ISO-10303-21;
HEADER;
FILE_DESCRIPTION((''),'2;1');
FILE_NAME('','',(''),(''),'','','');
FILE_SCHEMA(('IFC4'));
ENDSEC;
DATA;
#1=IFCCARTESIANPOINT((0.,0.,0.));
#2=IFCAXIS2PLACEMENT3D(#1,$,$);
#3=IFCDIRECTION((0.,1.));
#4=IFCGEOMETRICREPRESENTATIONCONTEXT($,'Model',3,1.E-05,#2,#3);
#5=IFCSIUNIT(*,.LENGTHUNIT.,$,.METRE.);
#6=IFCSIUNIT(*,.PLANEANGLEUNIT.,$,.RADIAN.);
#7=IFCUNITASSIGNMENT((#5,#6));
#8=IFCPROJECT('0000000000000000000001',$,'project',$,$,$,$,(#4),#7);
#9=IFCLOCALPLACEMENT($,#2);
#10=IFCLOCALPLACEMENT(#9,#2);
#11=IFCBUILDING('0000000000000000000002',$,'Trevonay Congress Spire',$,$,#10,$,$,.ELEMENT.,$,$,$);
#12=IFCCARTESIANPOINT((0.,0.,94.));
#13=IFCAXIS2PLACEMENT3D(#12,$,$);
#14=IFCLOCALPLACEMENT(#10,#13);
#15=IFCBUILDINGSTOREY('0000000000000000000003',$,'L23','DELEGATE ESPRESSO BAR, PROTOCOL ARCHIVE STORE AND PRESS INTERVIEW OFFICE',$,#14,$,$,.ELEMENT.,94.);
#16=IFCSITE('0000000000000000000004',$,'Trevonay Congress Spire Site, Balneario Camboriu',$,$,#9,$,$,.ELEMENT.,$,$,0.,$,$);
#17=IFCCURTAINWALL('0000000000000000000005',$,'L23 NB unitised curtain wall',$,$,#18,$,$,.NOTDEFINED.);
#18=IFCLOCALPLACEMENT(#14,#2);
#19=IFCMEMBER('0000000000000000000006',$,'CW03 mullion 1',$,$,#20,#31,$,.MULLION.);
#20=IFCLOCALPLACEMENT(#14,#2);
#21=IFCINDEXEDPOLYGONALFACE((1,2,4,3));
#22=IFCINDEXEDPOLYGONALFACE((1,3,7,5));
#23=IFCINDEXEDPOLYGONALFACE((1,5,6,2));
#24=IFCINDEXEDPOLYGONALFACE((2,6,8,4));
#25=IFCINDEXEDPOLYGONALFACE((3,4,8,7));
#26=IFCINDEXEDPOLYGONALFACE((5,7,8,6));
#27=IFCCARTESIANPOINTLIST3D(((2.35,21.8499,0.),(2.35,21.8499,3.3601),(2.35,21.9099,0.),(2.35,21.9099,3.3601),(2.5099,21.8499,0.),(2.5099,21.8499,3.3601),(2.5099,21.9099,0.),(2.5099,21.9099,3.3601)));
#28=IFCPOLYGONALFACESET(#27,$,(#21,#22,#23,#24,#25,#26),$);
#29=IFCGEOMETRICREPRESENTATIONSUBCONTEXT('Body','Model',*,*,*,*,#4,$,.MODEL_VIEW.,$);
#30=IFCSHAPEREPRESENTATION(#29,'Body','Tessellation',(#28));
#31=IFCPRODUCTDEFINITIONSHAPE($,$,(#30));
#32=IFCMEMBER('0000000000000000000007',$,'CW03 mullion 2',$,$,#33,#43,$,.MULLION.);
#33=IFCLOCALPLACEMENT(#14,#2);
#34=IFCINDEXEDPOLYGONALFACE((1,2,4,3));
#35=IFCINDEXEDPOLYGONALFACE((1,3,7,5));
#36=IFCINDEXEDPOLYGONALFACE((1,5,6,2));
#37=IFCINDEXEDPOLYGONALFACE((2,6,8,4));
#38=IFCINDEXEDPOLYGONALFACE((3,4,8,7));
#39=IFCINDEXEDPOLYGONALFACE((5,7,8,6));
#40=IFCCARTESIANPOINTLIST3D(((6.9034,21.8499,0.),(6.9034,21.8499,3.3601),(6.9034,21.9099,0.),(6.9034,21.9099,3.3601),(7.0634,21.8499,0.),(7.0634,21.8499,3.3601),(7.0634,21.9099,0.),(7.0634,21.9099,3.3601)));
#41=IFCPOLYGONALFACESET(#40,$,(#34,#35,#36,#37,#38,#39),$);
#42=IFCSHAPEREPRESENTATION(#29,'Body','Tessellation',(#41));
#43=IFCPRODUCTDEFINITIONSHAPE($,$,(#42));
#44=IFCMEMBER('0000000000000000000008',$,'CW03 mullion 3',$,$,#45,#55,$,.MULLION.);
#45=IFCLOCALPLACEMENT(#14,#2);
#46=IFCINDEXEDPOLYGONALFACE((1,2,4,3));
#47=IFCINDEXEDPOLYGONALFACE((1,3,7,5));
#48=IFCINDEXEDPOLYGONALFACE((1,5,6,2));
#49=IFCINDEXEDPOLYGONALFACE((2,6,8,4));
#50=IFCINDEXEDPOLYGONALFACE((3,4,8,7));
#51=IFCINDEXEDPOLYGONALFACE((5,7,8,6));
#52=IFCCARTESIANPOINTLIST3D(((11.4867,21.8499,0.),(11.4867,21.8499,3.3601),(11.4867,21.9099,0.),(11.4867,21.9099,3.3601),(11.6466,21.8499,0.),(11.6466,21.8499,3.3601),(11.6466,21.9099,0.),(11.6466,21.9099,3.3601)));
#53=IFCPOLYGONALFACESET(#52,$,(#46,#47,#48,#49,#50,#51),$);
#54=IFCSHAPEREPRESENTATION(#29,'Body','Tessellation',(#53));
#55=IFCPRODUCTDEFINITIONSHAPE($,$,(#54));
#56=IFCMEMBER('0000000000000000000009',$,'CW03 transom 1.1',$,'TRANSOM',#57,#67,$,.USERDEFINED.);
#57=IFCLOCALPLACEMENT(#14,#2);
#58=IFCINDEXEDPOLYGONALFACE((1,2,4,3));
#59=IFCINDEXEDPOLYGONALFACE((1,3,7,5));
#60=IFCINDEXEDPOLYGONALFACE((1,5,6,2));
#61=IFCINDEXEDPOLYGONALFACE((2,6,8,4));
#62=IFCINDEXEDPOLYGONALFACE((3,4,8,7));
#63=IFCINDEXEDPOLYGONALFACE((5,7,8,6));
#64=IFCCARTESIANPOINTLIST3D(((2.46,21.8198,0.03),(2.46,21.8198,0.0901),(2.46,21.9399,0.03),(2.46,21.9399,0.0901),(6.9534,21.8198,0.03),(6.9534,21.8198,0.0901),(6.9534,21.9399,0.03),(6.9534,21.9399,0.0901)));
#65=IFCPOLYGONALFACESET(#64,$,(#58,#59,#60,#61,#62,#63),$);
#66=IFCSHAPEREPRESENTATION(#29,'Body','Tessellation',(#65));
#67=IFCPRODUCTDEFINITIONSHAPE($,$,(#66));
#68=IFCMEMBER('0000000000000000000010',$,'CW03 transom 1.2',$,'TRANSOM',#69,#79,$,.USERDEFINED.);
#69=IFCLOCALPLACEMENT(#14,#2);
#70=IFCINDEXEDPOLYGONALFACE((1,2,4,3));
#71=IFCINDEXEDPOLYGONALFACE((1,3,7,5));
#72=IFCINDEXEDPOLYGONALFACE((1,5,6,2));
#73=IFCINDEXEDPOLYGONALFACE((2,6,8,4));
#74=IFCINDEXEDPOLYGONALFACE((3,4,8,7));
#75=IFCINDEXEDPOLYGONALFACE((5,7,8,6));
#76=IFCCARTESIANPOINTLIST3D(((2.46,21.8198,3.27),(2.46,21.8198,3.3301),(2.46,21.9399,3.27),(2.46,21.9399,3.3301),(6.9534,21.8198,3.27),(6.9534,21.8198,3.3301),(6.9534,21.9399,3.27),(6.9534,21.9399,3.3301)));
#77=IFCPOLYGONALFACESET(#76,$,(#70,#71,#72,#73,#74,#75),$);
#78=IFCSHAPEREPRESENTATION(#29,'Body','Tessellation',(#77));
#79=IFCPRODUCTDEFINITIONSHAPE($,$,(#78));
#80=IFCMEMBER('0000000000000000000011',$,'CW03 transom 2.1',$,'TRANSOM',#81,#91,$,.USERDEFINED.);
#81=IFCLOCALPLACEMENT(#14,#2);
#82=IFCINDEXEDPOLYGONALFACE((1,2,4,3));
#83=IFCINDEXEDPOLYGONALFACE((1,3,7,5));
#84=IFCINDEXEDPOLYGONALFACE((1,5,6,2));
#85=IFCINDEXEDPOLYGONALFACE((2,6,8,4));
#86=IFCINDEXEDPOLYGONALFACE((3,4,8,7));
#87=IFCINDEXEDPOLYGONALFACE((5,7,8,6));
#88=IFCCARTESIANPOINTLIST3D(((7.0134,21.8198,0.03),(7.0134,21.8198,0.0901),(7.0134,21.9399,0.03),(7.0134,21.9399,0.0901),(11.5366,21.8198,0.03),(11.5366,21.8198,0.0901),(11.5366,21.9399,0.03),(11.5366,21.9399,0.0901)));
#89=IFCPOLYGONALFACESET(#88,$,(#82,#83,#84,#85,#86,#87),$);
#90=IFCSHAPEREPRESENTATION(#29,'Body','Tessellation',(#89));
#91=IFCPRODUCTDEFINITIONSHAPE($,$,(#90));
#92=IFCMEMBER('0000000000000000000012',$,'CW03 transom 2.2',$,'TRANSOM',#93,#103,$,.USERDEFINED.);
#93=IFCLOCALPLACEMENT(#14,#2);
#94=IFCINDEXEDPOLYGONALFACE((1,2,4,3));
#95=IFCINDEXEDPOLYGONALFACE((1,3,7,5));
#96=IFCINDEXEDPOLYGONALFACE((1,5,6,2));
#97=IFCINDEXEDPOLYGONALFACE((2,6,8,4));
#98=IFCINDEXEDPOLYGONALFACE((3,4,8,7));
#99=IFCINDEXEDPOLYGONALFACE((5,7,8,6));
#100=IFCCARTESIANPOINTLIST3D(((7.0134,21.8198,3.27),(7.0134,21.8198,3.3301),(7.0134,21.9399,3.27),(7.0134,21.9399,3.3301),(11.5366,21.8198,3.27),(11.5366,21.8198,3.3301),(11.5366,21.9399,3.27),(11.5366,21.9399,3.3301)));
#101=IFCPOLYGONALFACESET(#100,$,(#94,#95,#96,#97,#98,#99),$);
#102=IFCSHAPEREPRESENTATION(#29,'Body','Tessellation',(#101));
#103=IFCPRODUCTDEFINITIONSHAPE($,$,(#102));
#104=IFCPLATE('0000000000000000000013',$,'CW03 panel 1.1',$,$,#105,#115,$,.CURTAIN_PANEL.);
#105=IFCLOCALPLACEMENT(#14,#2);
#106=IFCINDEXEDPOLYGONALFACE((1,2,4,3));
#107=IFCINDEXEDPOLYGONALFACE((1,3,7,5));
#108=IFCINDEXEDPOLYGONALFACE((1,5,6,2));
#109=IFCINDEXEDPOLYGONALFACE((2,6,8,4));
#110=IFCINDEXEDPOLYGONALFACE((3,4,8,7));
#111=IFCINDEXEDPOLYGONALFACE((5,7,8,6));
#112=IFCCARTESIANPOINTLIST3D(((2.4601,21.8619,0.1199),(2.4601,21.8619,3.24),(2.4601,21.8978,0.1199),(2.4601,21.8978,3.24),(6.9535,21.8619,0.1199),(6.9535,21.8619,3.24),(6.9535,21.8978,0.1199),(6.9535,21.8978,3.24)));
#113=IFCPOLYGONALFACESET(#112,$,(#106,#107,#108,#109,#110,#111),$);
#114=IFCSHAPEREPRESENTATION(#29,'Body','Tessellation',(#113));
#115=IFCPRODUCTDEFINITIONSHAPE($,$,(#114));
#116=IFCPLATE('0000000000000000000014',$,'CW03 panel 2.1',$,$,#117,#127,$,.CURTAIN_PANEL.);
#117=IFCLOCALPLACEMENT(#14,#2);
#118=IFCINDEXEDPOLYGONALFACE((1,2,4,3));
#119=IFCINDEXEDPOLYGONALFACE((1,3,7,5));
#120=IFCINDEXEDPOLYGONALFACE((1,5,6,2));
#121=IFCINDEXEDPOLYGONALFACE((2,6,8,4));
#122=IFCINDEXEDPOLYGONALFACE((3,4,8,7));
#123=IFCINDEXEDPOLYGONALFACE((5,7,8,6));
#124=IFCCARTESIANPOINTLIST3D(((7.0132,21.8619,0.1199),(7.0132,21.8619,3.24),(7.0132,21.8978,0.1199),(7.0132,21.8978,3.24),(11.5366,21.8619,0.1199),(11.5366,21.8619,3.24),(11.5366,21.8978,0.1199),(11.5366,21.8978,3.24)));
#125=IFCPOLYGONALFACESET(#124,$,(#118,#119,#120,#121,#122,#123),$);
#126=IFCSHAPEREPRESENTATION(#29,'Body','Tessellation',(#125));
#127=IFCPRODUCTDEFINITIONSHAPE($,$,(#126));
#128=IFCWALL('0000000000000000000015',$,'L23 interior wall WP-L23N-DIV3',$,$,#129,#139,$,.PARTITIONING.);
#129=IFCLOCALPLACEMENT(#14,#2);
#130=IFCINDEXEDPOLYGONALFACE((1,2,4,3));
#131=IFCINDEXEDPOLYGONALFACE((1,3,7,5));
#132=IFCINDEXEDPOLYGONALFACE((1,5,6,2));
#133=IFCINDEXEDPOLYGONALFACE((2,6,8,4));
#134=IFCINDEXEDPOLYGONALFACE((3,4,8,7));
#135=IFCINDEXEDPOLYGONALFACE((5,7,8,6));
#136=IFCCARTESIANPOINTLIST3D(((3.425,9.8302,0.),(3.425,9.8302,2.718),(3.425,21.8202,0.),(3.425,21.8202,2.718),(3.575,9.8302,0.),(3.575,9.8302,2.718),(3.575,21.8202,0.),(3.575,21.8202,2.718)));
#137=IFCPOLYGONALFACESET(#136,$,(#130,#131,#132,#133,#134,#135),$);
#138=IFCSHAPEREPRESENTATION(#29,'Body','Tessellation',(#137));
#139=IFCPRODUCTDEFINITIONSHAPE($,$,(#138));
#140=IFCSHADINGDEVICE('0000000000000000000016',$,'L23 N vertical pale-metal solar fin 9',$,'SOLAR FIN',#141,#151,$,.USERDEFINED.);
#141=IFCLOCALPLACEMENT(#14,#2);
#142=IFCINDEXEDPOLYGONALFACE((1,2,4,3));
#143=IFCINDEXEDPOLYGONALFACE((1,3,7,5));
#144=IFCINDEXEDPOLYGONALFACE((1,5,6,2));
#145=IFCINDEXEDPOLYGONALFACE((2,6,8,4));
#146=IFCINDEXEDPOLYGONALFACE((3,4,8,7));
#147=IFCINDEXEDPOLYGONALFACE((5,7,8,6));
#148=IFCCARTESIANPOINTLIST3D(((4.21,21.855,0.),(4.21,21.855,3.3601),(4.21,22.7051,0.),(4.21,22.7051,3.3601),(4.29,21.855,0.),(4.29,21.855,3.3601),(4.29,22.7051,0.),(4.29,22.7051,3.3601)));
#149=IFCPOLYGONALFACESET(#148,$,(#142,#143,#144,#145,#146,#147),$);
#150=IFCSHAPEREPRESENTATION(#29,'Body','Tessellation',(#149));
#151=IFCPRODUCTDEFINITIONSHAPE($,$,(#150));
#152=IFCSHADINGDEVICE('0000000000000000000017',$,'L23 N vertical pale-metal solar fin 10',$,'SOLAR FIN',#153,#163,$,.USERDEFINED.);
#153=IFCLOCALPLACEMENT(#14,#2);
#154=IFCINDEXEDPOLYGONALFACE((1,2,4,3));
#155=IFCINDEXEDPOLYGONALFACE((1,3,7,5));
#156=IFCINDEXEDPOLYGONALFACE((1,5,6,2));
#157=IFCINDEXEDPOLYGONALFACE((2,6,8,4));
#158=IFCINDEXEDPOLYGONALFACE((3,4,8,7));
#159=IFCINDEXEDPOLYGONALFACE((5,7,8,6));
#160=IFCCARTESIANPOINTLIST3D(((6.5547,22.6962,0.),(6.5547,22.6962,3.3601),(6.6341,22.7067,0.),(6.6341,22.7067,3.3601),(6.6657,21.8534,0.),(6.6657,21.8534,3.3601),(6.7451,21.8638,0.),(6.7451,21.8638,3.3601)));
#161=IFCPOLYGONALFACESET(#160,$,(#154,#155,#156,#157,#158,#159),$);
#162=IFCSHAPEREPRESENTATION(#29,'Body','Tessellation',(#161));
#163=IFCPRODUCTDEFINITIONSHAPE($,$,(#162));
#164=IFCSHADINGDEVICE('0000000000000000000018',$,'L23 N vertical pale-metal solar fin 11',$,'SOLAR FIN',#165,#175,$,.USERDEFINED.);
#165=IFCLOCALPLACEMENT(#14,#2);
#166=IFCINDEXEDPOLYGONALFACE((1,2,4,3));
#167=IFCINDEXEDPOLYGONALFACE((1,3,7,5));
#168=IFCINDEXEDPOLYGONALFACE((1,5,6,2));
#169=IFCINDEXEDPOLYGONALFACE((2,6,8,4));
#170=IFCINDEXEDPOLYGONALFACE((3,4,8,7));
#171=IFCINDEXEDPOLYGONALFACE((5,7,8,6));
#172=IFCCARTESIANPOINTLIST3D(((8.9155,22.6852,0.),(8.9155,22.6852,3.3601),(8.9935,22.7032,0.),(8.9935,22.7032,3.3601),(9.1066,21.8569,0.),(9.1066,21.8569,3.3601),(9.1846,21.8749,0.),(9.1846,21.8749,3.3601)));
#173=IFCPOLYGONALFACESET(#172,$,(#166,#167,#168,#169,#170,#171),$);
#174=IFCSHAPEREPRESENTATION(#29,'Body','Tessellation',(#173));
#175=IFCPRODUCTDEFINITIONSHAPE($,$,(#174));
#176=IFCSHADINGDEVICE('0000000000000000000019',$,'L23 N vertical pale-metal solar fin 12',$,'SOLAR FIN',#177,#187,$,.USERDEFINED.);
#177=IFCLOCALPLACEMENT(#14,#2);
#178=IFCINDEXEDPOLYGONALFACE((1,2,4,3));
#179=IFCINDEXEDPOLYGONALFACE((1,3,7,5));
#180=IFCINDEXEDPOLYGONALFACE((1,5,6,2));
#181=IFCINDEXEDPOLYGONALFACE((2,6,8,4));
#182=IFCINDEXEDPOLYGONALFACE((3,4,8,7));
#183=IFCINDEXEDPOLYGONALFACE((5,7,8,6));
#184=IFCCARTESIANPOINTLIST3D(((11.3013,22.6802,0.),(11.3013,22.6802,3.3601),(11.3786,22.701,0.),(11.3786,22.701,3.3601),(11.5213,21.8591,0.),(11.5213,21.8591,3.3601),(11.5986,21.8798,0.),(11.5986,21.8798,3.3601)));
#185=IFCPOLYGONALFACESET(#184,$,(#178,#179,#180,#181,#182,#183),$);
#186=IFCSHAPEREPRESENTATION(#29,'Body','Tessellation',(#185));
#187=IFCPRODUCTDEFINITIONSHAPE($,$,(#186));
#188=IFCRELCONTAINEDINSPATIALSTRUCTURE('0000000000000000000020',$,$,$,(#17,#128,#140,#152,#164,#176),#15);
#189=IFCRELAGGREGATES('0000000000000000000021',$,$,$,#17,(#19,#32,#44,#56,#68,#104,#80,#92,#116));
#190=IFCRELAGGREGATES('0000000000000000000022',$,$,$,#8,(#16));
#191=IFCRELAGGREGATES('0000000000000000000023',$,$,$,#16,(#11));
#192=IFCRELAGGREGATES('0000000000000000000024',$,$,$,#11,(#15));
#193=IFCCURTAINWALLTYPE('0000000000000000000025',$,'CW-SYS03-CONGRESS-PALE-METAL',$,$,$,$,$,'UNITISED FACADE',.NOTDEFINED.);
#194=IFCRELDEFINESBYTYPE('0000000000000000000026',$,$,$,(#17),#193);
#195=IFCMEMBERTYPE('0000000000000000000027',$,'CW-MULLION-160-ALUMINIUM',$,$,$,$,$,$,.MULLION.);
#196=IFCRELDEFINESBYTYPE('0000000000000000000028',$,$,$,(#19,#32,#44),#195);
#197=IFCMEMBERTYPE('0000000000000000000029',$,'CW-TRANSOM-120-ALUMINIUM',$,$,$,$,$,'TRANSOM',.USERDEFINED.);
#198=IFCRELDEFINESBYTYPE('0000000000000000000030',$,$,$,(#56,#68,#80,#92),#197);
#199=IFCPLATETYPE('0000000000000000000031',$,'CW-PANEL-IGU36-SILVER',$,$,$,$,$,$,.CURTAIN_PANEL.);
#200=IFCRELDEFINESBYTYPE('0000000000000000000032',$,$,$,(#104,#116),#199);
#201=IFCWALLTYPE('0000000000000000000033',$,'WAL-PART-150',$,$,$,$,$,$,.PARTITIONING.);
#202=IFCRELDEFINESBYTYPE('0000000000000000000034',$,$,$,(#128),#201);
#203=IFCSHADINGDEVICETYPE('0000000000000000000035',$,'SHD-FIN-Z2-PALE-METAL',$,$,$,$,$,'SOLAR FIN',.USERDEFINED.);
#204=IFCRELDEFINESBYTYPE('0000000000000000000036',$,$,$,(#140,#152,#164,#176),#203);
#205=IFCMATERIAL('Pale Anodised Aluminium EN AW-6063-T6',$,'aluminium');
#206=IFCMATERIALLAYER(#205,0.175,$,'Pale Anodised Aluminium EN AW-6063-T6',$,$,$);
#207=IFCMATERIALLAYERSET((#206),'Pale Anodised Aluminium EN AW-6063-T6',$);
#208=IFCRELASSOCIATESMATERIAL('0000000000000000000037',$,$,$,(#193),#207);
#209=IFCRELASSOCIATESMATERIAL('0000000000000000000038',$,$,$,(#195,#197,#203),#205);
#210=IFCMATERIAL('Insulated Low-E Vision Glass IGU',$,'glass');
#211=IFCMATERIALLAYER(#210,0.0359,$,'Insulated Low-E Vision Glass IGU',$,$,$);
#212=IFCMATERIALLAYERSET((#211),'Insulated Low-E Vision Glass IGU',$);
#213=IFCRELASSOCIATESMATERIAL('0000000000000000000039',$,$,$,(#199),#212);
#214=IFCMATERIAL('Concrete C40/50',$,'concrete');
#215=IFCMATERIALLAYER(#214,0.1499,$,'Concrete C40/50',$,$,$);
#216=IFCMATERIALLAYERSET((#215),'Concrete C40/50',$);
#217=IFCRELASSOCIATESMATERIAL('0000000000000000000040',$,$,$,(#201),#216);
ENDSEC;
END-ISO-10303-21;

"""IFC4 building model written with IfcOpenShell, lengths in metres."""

from ifc_helpers import new_model, si_unit, direction, frame, frame_2d, origin, origin_2d, place, context, subcontext, project, spatial, rectangle, extrude, material, layer, layer_set, material_profile, profile_set, type_object, element, aggregate, save


model = new_model("IFC4")

# Units and contexts
model_context = context("Model", 3, precision=1e-05, world=origin(), true_north=direction((0.0, 1.0)))
body_context = subcontext(model_context, "Body", "Model", "MODEL_VIEW")
ifc_project = project(units=[si_unit("LENGTHUNIT", "METRE"), si_unit("PLANEANGLEUNIT", "RADIAN")], contexts=[model_context])

# Site, building, storey
site_placement = place(None, origin())
site = spatial("IfcSite", under=ifc_project, at=site_placement, Name="Trevonay Congress Spire Site, Balneario Camboriu", CompositionType="ELEMENT", RefElevation=0.0)
building_placement = place(site_placement, origin())
building = spatial("IfcBuilding", under=site, at=building_placement, Name="Trevonay Congress Spire", CompositionType="ELEMENT")
storey_placement = place(building_placement, frame((0.0, 0.0, 94.0)))
storey = spatial("IfcBuildingStorey", under=building, at=storey_placement, Name="L23", Description="DELEGATE ESPRESSO BAR, PROTOCOL ARCHIVE STORE AND PRESS INTERVIEW OFFICE", CompositionType="ELEMENT", Elevation=94.0)

# Curtain wall, members, plates
ifc_material_1 = material(Name="Pale Anodised Aluminium EN AW-6063-T6", Category="aluminium")
ifc_layer_1 = layer(ifc_material_1, 0.175, Name="Pale Anodised Aluminium EN AW-6063-T6")
ifc_layer_set_1 = layer_set([ifc_layer_1], Name="Pale Anodised Aluminium EN AW-6063-T6")
curtain_wall_type = type_object("IfcCurtainWallType", Name="CW-SYS03-CONGRESS-PALE-METAL", ElementType="UNITISED FACADE", PredefinedType="NOTDEFINED", material=ifc_layer_set_1)
curtain_wall_placement = place(storey_placement, origin())
curtain_wall = element("IfcCurtainWall", 1, at=curtain_wall_placement, inside=storey, type_object=curtain_wall_type, Name="L23 NB unitised curtain wall", PredefinedType="NOTDEFINED")
ifc_material_profile_1 = material_profile(ifc_material_1, rectangle(XDim=0.0601, YDim=0.1599, at=origin_2d()), Name="CW-MULLION-160-ALUMINIUM")
ifc_profile_set_1 = profile_set([ifc_material_profile_1], Name="Pale Anodised Aluminium EN AW-6063-T6")
member_type_1 = type_object("IfcMemberType", Name="CW-MULLION-160-ALUMINIUM", PredefinedType="MULLION", material=ifc_profile_set_1)
member_1_placement = place(storey_placement, frame((2.4299, 21.8799, 0.0), z_axis=(0.0, 0.0, 1.0), x_axis=(0.0, 1.0, 0.0)))
member_1 = element("IfcMember", 2, at=member_1_placement, type_object=member_type_1, Name="CW03 mullion 1", PredefinedType="MULLION", context=body_context, shape_type="SweptSolid", body=[
    extrude(rectangle(XDim=0.0601, YDim=0.1599, at=origin_2d()), origin(), (0.0, 0.0, 1.0), 3.3601),
])
member_2_placement = place(storey_placement, frame((6.9834, 21.8799, 0.0), z_axis=(0.0, 0.0, 1.0), x_axis=(0.0, 1.0, 0.0)))
member_2 = element("IfcMember", 3, at=member_2_placement, type_object=member_type_1, Name="CW03 mullion 2", PredefinedType="MULLION", context=body_context, shape_type="SweptSolid", body=[
    extrude(rectangle(XDim=0.0601, YDim=0.1599, at=origin_2d()), origin(), (0.0, 0.0, 1.0), 3.3601),
])
member_3_placement = place(storey_placement, frame((11.5667, 21.8799, 0.0), z_axis=(0.0, 0.0, 1.0), x_axis=(0.0, 1.0, 0.0)))
member_3 = element("IfcMember", 4, at=member_3_placement, type_object=member_type_1, Name="CW03 mullion 3", PredefinedType="MULLION", context=body_context, shape_type="SweptSolid", body=[
    extrude(rectangle(XDim=0.0601, YDim=0.1599, at=origin_2d()), origin(), (0.0, 0.0, 1.0), 3.3601),
])
ifc_material_profile_2 = material_profile(ifc_material_1, rectangle(XDim=0.1201, YDim=0.0601, at=origin_2d()), Name="CW-TRANSOM-120-ALUMINIUM")
ifc_profile_set_2 = profile_set([ifc_material_profile_2], Name="Pale Anodised Aluminium EN AW-6063-T6")
member_type_2 = type_object("IfcMemberType", Name="CW-TRANSOM-120-ALUMINIUM", ElementType="TRANSOM", PredefinedType="USERDEFINED", material=ifc_profile_set_2)
member_4_placement = place(storey_placement, frame((2.46, 21.8799, 0.0601), z_axis=(1.0, 0.0, 0.0), x_axis=(0.0, 1.0, 0.0)))
member_4 = element("IfcMember", 5, at=member_4_placement, type_object=member_type_2, Name="CW03 transom 1.1", ObjectType="TRANSOM", PredefinedType="USERDEFINED", context=body_context, shape_type="SweptSolid", body=[
    extrude(rectangle(XDim=0.1201, YDim=0.0601, at=origin_2d()), origin(), (0.0, 0.0, 1.0), 4.4934),
])
member_5_placement = place(storey_placement, frame((2.46, 21.8799, 3.3), z_axis=(1.0, 0.0, 0.0), x_axis=(0.0, 1.0, 0.0)))
member_5 = element("IfcMember", 6, at=member_5_placement, type_object=member_type_2, Name="CW03 transom 1.2", ObjectType="TRANSOM", PredefinedType="USERDEFINED", context=body_context, shape_type="SweptSolid", body=[
    extrude(rectangle(XDim=0.1201, YDim=0.0601, at=origin_2d()), origin(), (0.0, 0.0, 1.0), 4.4934),
])
member_6_placement = place(storey_placement, frame((7.0134, 21.8799, 0.0601), z_axis=(1.0, 0.0, 0.0), x_axis=(0.0, 1.0, 0.0)))
member_6 = element("IfcMember", 7, at=member_6_placement, type_object=member_type_2, Name="CW03 transom 2.1", ObjectType="TRANSOM", PredefinedType="USERDEFINED", context=body_context, shape_type="SweptSolid", body=[
    extrude(rectangle(XDim=0.1201, YDim=0.0601, at=origin_2d()), origin(), (0.0, 0.0, 1.0), 4.5232),
])
member_7_placement = place(storey_placement, frame((7.0134, 21.8799, 3.3), z_axis=(1.0, 0.0, 0.0), x_axis=(0.0, 1.0, 0.0)))
member_7 = element("IfcMember", 8, at=member_7_placement, type_object=member_type_2, Name="CW03 transom 2.2", ObjectType="TRANSOM", PredefinedType="USERDEFINED", context=body_context, shape_type="SweptSolid", body=[
    extrude(rectangle(XDim=0.1201, YDim=0.0601, at=origin_2d()), origin(), (0.0, 0.0, 1.0), 4.5232),
])
ifc_material_2 = material(Name="Insulated Low-E Vision Glass IGU", Category="glass")
ifc_layer_2 = layer(ifc_material_2, 0.0359, Name="Insulated Low-E Vision Glass IGU")
ifc_layer_set_2 = layer_set([ifc_layer_2], Name="Insulated Low-E Vision Glass IGU")
plate_type = type_object("IfcPlateType", Name="CW-PANEL-IGU36-SILVER", PredefinedType="CURTAIN_PANEL", material=ifc_layer_set_2)
plate_1_placement = place(storey_placement, frame((4.7068, 21.8799, 0.1199), z_axis=(0.0, 0.0, 1.0), x_axis=(1.0, 0.0, 0.0)))
plate_1 = element("IfcPlate", 9, at=plate_1_placement, type_object=plate_type, Name="CW03 panel 1.1", PredefinedType="CURTAIN_PANEL", context=body_context, shape_type="SweptSolid", body=[
    extrude(rectangle(XDim=4.4934, YDim=0.0359, at=origin_2d()), origin(), (0.0, 0.0, 1.0), 3.1201),
])
plate_2_placement = place(storey_placement, frame((9.2749, 21.8799, 0.1199), z_axis=(0.0, 0.0, 1.0), x_axis=(1.0, 0.0, 0.0)))
plate_2 = element("IfcPlate", 10, at=plate_2_placement, type_object=plate_type, Name="CW03 panel 2.1", PredefinedType="CURTAIN_PANEL", context=body_context, shape_type="SweptSolid", body=[
    extrude(rectangle(XDim=4.5234, YDim=0.0359, at=origin_2d()), origin(), (0.0, 0.0, 1.0), 3.1201),
])
aggregate(curtain_wall, [member_1, member_2, member_3, member_4, member_5, plate_1, member_6, member_7, plate_2])

# Wall
ifc_material_3 = material(Name="Concrete C40/50", Category="concrete")
ifc_layer_3 = layer(ifc_material_3, 0.1499, Name="Concrete C40/50")
ifc_layer_set_3 = layer_set([ifc_layer_3], Name="Concrete C40/50")
wall_type = type_object("IfcWallType", Name="WAL-PART-150", PredefinedType="PARTITIONING", material=ifc_layer_set_3)
wall_placement = place(storey_placement, frame((3.5, 9.8301, 0.0), z_axis=(0.0, 0.0, 1.0), x_axis=(0.0, 1.0, 0.0)))
element("IfcWall", 11, at=wall_placement, inside=storey, type_object=wall_type, Name="L23 interior wall WP-L23N-DIV3", PredefinedType="PARTITIONING", context=body_context, shape_type="SweptSolid", body=[
    extrude(rectangle(XDim=11.99, YDim=0.1499, at=frame_2d((5.9951, 0.0))), origin(), (0.0, 0.0, 1.0), 2.718),
])

# Shading devices
shading_device_type = type_object("IfcShadingDeviceType", Name="SHD-FIN-Z2-PALE-METAL", ElementType="SOLAR FIN", PredefinedType="USERDEFINED", material=ifc_material_1)
for number, where, z_axis, x_axis, name in (
    (12, (4.25, 22.28, 0.0), (0.0, 0.0, 1.0), (1.0, 0.0, 0.0), "L23 N vertical pale-metal solar fin 9"),
    (13, (6.6499, 22.28, 0.0), (0.0, 0.0, 1.0), (0.991445, 0.130526, 0.0), "L23 N vertical pale-metal solar fin 10"),
    (14, (9.05, 22.28, 0.0), (0.0, 0.0, 1.0), (0.974409, 0.224781, 0.0), "L23 N vertical pale-metal solar fin 11"),
    (15, (11.45, 22.28, 0.0), (0.0, 0.0, 1.0), (0.965926, 0.258819, 0.0), "L23 N vertical pale-metal solar fin 12"),
):
    element("IfcShadingDevice", number, at=place(storey_placement, frame(where, z_axis=z_axis, x_axis=x_axis)), inside=storey, type_object=shading_device_type, Name=name, ObjectType="SOLAR FIN", PredefinedType="USERDEFINED", context=body_context, shape_type="SweptSolid", body=[
        extrude(rectangle(XDim=0.0801, YDim=0.8501, at=origin_2d()), origin(), (0.0, 0.0, 1.0), 3.3601),
    ])

save(model, "model.ifc")
